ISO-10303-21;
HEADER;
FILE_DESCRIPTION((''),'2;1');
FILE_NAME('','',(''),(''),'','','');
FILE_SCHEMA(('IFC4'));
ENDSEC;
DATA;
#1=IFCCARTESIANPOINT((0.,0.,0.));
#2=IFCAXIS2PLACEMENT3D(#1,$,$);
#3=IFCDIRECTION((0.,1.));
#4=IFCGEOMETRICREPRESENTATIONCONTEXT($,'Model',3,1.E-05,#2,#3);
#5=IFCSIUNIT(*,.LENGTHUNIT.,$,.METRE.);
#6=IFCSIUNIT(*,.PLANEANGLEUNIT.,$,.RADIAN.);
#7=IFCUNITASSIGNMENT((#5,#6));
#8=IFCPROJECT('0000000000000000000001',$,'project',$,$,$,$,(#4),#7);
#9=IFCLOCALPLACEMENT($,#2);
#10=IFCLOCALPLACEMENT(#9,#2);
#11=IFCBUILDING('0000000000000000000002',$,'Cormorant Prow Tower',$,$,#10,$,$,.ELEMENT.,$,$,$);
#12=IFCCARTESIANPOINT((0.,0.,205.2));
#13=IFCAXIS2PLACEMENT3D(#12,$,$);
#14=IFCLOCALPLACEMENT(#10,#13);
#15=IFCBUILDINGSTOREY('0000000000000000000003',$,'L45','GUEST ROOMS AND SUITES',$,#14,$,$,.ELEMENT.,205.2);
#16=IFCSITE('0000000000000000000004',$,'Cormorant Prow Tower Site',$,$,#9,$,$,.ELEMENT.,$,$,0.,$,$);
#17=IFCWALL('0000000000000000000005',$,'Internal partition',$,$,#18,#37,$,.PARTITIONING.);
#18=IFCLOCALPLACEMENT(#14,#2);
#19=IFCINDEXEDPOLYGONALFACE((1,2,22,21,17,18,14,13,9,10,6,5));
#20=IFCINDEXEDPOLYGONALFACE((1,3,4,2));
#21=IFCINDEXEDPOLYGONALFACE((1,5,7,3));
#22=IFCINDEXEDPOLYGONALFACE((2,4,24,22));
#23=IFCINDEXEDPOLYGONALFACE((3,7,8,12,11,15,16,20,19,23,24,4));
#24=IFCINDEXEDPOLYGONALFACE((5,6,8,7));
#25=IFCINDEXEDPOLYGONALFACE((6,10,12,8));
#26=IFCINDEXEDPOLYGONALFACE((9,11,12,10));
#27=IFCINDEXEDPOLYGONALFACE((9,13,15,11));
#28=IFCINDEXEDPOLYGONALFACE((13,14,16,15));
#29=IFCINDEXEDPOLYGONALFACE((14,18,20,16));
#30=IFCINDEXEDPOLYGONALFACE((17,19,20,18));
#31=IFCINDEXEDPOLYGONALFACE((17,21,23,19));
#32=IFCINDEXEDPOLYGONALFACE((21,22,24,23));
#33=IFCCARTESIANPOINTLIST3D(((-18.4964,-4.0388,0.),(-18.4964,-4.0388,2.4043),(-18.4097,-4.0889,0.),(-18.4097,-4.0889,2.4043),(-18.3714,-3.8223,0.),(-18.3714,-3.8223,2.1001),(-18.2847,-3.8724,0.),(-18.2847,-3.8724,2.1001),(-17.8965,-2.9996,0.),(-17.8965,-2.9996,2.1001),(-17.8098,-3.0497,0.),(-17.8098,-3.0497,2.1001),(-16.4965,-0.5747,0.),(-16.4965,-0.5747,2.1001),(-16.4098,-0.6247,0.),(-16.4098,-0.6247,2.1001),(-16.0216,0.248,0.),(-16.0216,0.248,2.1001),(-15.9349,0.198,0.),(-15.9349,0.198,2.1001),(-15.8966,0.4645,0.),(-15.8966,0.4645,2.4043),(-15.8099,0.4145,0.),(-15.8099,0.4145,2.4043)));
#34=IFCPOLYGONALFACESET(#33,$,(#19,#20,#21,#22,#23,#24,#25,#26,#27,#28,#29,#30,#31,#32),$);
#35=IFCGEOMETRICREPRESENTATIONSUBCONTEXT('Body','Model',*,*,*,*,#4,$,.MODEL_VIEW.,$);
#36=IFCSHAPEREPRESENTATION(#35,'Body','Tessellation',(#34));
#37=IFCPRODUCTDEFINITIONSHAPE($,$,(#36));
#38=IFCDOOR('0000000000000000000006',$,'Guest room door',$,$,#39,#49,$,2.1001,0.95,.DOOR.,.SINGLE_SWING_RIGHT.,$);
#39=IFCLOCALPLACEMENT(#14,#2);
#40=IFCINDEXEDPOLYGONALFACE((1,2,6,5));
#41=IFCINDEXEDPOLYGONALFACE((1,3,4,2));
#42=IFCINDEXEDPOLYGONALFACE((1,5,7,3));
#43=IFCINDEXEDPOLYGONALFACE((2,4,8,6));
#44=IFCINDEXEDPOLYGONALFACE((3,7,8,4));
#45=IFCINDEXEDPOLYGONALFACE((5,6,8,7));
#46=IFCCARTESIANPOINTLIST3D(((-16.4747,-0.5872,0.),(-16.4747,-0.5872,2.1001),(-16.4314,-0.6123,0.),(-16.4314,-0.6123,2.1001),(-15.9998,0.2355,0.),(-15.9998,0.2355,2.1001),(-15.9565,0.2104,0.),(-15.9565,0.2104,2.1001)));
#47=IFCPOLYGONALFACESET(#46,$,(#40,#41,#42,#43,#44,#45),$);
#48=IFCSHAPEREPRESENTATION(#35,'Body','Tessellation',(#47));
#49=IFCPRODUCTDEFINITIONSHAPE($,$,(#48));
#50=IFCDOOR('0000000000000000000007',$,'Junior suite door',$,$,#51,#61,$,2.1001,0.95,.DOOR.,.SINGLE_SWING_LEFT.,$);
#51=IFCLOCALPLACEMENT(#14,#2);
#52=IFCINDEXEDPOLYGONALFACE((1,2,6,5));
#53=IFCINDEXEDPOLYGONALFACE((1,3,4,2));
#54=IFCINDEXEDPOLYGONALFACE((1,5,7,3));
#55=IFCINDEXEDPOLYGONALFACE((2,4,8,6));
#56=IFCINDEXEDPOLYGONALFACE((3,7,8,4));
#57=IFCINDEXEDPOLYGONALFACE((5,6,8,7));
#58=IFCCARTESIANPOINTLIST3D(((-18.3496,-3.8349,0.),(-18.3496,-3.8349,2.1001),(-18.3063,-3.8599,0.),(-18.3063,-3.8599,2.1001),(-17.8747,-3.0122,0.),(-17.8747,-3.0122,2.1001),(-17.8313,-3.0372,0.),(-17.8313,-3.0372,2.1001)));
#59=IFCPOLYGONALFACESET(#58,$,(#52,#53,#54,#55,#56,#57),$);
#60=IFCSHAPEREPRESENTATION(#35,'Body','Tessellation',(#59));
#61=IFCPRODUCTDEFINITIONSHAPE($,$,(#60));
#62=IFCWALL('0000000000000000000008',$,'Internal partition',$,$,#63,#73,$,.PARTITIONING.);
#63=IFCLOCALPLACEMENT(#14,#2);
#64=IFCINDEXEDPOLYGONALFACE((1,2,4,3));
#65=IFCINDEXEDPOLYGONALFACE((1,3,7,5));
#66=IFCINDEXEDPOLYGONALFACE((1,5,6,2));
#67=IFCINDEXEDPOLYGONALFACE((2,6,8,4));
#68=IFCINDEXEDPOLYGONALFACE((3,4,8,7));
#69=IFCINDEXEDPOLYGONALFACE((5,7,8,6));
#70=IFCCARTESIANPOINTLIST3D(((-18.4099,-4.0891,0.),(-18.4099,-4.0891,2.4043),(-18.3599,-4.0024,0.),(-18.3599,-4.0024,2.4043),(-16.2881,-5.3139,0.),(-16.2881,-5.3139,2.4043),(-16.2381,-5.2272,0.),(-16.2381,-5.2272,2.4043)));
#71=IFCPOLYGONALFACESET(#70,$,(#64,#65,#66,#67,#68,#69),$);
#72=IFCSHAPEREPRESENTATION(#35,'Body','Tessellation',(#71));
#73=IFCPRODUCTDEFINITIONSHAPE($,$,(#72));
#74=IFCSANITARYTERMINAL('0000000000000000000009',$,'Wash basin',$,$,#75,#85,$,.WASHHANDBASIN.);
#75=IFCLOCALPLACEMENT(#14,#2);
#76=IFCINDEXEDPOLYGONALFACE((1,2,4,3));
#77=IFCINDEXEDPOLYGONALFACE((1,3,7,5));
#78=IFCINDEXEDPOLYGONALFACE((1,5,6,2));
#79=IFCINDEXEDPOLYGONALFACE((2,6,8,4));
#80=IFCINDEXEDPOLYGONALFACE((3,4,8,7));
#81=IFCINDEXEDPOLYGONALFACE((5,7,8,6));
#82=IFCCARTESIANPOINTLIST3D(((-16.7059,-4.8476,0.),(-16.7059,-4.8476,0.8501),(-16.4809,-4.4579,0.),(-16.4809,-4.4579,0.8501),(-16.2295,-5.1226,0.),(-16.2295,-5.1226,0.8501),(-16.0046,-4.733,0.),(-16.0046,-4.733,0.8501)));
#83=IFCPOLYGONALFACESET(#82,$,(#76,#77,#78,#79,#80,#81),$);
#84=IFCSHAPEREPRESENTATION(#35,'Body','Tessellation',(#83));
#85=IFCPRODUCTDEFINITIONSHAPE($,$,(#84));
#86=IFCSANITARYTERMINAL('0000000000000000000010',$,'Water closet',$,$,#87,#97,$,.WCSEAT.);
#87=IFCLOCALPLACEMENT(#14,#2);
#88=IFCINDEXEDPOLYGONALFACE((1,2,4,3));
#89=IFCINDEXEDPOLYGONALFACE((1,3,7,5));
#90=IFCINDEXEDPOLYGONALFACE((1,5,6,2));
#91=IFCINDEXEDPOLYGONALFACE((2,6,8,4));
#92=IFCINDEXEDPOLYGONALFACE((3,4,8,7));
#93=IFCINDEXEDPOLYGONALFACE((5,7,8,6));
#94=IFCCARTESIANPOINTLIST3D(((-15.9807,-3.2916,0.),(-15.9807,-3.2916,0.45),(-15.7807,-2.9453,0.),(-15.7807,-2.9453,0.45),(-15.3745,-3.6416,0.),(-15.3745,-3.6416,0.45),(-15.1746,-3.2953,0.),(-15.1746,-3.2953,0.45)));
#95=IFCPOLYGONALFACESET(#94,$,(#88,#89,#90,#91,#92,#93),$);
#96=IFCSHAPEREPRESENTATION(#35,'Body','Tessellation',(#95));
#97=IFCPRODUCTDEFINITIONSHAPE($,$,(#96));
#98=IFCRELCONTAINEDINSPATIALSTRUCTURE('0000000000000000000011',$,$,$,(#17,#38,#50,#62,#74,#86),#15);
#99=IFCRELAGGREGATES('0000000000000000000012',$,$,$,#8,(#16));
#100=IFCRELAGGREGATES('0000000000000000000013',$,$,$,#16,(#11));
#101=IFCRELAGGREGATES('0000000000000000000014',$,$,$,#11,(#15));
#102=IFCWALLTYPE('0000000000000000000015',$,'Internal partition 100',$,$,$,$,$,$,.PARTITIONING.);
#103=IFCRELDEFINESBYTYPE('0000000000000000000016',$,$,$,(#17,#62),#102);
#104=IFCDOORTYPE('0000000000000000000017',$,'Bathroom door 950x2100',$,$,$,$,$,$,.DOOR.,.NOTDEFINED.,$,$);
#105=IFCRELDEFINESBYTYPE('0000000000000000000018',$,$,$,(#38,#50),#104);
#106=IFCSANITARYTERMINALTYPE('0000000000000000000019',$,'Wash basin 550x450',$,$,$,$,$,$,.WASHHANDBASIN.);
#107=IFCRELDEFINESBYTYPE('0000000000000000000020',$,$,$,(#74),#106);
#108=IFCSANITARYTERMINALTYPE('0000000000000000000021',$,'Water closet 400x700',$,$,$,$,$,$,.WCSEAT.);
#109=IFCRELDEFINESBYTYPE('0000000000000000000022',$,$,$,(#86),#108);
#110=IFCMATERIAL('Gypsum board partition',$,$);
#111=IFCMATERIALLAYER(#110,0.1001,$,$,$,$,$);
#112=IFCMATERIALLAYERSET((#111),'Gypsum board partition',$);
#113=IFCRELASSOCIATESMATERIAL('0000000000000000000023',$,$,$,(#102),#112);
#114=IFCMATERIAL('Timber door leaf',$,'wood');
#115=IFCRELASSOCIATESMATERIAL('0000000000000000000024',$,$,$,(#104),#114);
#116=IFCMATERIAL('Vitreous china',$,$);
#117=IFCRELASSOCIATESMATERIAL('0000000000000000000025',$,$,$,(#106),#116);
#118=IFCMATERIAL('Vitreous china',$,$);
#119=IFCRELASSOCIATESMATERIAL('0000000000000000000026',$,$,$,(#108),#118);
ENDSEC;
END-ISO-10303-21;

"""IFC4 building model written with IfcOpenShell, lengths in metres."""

from ifc_helpers import new_model, si_unit, direction, frame, frame_2d, origin, origin_2d, place, context, subcontext, project, spatial, rectangle, extrude, material, layer, layer_set, type_object, element, fill, save


model = new_model("IFC4")

# Units and contexts
model_context = context("Model", 3, precision=1e-05, world=origin(), true_north=direction((0.0, 1.0)))
body_context = subcontext(model_context, "Body", "Model", "MODEL_VIEW")
ifc_project = project(units=[si_unit("LENGTHUNIT", "METRE"), si_unit("PLANEANGLEUNIT", "RADIAN")], contexts=[model_context])

# Site, building, storey
site_placement = place(None, origin())
site = spatial("IfcSite", under=ifc_project, at=site_placement, Name="Cormorant Prow Tower Site", CompositionType="ELEMENT", RefElevation=0.0)
building_placement = place(site_placement, origin())
building = spatial("IfcBuilding", under=site, at=building_placement, Name="Cormorant Prow Tower", CompositionType="ELEMENT")
storey_placement = place(building_placement, frame((0.0, 0.0, 205.2)))
storey = spatial("IfcBuildingStorey", under=building, at=storey_placement, Name="L45", Description="GUEST ROOMS AND SUITES", CompositionType="ELEMENT", Elevation=205.2)

# Wall, openings, doors
ifc_material_1 = material(Name="Gypsum board partition")
ifc_layer_1 = layer(ifc_material_1, 0.1001)
ifc_layer_set_1 = layer_set([ifc_layer_1], Name="Gypsum board partition")
wall_type_1 = type_object("IfcWallType", Name="Internal partition 100", PredefinedType="PARTITIONING", material=ifc_layer_set_1)
wall_1_placement = place(storey_placement, frame((-18.4531, -4.064, 0.0), z_axis=(0.0, 0.0, 1.0), x_axis=(0.499972, 0.866042, 0.0)))
wall_1 = element("IfcWall", 1, at=wall_1_placement, inside=storey, type_object=wall_type_1, Name="Internal partition", PredefinedType="PARTITIONING", context=body_context, shape_type="SweptSolid", body=[
    extrude(rectangle(XDim=5.2, YDim=0.1001, at=frame_2d((2.6001, 0.0))), origin(), (0.0, 0.0, 1.0), 2.4043),
])
opening_1_placement = place(wall_1_placement, frame((4.0, 0.0, 0.0)))
opening_1 = element("IfcOpeningElement", 2, at=opening_1_placement, cuts=wall_1, PredefinedType="OPENING", context=body_context, shape_type="SweptSolid", body=[
    extrude(rectangle(XDim=0.95, YDim=2.1001, at=frame_2d((0.4751, 1.05))), frame((0.0, 0.0601, 0.0), z_axis=(0.0, -1.0, 0.0), x_axis=(1.0, 0.0, 0.0)), (0.0, 0.0, 1.0), 0.1201),
])
opening_2_placement = place(wall_1_placement, frame((0.25, 0.0, 0.0)))
opening_2 = element("IfcOpeningElement", 3, at=opening_2_placement, cuts=wall_1, PredefinedType="OPENING", context=body_context, shape_type="SweptSolid", body=[
    extrude(rectangle(XDim=0.95, YDim=2.1001, at=frame_2d((0.4751, 1.05))), frame((0.0, 0.0601, 0.0), z_axis=(0.0, -1.0, 0.0), x_axis=(1.0, 0.0, 0.0)), (0.0, 0.0, 1.0), 0.1201),
])
ifc_material_2 = material(Name="Timber door leaf", Category="wood")
door_type_1 = type_object("IfcDoorType", Name="Bathroom door 950x2100", OperationType="NOTDEFINED", PredefinedType="DOOR", material=ifc_material_2)
door_1_placement = place(opening_1_placement, origin())
door_1 = element("IfcDoor", 4, at=door_1_placement, inside=storey, type_object=door_type_1, Name="Guest room door", OperationType="SINGLE_SWING_RIGHT", OverallHeight=2.1001, OverallWidth=0.95, PredefinedType="DOOR", context=body_context, shape_type="SweptSolid", body=[
    extrude(rectangle(XDim=0.95, YDim=2.1001, at=frame_2d((0.4751, 1.05))), frame((0.0, 0.0249, 0.0), z_axis=(0.0, -1.0, 0.0), x_axis=(1.0, 0.0, 0.0)), (0.0, 0.0, 1.0), 0.05),
])
fill(opening_1, door_1)
door_2_placement = place(opening_2_placement, origin())
door_2 = element("IfcDoor", 5, at=door_2_placement, inside=storey, type_object=door_type_1, Name="Junior suite door", OperationType="SINGLE_SWING_LEFT", OverallHeight=2.1001, OverallWidth=0.95, PredefinedType="DOOR", context=body_context, shape_type="SweptSolid", body=[
    extrude(rectangle(XDim=0.95, YDim=2.1001, at=frame_2d((0.4751, 1.05))), frame((0.0, 0.0249, 0.0), z_axis=(0.0, -1.0, 0.0), x_axis=(1.0, 0.0, 0.0)), (0.0, 0.0, 1.0), 0.05),
])
fill(opening_2, door_2)

# Wall
wall_2_placement = place(storey_placement, frame((-18.385, -4.0457, 0.0), z_axis=(0.0, 0.0, 1.0), x_axis=(0.866058, -0.499944, 0.0)))
element("IfcWall", 6, at=wall_2_placement, inside=storey, type_object=wall_type_1, Name="Internal partition", PredefinedType="PARTITIONING", context=body_context, shape_type="SweptSolid", body=[
    extrude(rectangle(XDim=2.45, YDim=0.1001, at=frame_2d((1.2251, 0.0))), origin(), (0.0, 0.0, 1.0), 2.4043),
])

# Sanitary terminals
ifc_material_3 = material(Name="Vitreous china")
sanitary_terminal_type_1 = type_object("IfcSanitaryTerminalType", Name="Wash basin 550x450", PredefinedType="WASHHANDBASIN", material=ifc_material_3)
sanitary_terminal_1_placement = place(storey_placement, frame((-16.3552, -4.7903, 0.0), z_axis=(0.0, 0.0, 1.0), x_axis=(-0.866025, 0.5, 0.0)))
element("IfcSanitaryTerminal", 7, at=sanitary_terminal_1_placement, inside=storey, type_object=sanitary_terminal_type_1, Name="Wash basin", PredefinedType="WASHHANDBASIN", context=body_context, shape_type="SweptSolid", body=[
    extrude(rectangle(XDim=0.55, YDim=0.45, at=origin_2d()), origin(), (0.0, 0.0, 1.0), 0.8501),
])
ifc_material_4 = material(Name="Vitreous china")
sanitary_terminal_type_2 = type_object("IfcSanitaryTerminalType", Name="Water closet 400x700", PredefinedType="WCSEAT", material=ifc_material_4)
sanitary_terminal_2_placement = place(storey_placement, frame((-15.5776, -3.2935, 0.0), z_axis=(0.0, 0.0, 1.0), x_axis=(-0.5, -0.866025, 0.0)))
element("IfcSanitaryTerminal", 8, at=sanitary_terminal_2_placement, inside=storey, type_object=sanitary_terminal_type_2, Name="Water closet", PredefinedType="WCSEAT", context=body_context, shape_type="SweptSolid", body=[
    extrude(rectangle(XDim=0.3999, YDim=0.7, at=origin_2d()), origin(), (0.0, 0.0, 1.0), 0.45),
])

save(model, "model.ifc")
